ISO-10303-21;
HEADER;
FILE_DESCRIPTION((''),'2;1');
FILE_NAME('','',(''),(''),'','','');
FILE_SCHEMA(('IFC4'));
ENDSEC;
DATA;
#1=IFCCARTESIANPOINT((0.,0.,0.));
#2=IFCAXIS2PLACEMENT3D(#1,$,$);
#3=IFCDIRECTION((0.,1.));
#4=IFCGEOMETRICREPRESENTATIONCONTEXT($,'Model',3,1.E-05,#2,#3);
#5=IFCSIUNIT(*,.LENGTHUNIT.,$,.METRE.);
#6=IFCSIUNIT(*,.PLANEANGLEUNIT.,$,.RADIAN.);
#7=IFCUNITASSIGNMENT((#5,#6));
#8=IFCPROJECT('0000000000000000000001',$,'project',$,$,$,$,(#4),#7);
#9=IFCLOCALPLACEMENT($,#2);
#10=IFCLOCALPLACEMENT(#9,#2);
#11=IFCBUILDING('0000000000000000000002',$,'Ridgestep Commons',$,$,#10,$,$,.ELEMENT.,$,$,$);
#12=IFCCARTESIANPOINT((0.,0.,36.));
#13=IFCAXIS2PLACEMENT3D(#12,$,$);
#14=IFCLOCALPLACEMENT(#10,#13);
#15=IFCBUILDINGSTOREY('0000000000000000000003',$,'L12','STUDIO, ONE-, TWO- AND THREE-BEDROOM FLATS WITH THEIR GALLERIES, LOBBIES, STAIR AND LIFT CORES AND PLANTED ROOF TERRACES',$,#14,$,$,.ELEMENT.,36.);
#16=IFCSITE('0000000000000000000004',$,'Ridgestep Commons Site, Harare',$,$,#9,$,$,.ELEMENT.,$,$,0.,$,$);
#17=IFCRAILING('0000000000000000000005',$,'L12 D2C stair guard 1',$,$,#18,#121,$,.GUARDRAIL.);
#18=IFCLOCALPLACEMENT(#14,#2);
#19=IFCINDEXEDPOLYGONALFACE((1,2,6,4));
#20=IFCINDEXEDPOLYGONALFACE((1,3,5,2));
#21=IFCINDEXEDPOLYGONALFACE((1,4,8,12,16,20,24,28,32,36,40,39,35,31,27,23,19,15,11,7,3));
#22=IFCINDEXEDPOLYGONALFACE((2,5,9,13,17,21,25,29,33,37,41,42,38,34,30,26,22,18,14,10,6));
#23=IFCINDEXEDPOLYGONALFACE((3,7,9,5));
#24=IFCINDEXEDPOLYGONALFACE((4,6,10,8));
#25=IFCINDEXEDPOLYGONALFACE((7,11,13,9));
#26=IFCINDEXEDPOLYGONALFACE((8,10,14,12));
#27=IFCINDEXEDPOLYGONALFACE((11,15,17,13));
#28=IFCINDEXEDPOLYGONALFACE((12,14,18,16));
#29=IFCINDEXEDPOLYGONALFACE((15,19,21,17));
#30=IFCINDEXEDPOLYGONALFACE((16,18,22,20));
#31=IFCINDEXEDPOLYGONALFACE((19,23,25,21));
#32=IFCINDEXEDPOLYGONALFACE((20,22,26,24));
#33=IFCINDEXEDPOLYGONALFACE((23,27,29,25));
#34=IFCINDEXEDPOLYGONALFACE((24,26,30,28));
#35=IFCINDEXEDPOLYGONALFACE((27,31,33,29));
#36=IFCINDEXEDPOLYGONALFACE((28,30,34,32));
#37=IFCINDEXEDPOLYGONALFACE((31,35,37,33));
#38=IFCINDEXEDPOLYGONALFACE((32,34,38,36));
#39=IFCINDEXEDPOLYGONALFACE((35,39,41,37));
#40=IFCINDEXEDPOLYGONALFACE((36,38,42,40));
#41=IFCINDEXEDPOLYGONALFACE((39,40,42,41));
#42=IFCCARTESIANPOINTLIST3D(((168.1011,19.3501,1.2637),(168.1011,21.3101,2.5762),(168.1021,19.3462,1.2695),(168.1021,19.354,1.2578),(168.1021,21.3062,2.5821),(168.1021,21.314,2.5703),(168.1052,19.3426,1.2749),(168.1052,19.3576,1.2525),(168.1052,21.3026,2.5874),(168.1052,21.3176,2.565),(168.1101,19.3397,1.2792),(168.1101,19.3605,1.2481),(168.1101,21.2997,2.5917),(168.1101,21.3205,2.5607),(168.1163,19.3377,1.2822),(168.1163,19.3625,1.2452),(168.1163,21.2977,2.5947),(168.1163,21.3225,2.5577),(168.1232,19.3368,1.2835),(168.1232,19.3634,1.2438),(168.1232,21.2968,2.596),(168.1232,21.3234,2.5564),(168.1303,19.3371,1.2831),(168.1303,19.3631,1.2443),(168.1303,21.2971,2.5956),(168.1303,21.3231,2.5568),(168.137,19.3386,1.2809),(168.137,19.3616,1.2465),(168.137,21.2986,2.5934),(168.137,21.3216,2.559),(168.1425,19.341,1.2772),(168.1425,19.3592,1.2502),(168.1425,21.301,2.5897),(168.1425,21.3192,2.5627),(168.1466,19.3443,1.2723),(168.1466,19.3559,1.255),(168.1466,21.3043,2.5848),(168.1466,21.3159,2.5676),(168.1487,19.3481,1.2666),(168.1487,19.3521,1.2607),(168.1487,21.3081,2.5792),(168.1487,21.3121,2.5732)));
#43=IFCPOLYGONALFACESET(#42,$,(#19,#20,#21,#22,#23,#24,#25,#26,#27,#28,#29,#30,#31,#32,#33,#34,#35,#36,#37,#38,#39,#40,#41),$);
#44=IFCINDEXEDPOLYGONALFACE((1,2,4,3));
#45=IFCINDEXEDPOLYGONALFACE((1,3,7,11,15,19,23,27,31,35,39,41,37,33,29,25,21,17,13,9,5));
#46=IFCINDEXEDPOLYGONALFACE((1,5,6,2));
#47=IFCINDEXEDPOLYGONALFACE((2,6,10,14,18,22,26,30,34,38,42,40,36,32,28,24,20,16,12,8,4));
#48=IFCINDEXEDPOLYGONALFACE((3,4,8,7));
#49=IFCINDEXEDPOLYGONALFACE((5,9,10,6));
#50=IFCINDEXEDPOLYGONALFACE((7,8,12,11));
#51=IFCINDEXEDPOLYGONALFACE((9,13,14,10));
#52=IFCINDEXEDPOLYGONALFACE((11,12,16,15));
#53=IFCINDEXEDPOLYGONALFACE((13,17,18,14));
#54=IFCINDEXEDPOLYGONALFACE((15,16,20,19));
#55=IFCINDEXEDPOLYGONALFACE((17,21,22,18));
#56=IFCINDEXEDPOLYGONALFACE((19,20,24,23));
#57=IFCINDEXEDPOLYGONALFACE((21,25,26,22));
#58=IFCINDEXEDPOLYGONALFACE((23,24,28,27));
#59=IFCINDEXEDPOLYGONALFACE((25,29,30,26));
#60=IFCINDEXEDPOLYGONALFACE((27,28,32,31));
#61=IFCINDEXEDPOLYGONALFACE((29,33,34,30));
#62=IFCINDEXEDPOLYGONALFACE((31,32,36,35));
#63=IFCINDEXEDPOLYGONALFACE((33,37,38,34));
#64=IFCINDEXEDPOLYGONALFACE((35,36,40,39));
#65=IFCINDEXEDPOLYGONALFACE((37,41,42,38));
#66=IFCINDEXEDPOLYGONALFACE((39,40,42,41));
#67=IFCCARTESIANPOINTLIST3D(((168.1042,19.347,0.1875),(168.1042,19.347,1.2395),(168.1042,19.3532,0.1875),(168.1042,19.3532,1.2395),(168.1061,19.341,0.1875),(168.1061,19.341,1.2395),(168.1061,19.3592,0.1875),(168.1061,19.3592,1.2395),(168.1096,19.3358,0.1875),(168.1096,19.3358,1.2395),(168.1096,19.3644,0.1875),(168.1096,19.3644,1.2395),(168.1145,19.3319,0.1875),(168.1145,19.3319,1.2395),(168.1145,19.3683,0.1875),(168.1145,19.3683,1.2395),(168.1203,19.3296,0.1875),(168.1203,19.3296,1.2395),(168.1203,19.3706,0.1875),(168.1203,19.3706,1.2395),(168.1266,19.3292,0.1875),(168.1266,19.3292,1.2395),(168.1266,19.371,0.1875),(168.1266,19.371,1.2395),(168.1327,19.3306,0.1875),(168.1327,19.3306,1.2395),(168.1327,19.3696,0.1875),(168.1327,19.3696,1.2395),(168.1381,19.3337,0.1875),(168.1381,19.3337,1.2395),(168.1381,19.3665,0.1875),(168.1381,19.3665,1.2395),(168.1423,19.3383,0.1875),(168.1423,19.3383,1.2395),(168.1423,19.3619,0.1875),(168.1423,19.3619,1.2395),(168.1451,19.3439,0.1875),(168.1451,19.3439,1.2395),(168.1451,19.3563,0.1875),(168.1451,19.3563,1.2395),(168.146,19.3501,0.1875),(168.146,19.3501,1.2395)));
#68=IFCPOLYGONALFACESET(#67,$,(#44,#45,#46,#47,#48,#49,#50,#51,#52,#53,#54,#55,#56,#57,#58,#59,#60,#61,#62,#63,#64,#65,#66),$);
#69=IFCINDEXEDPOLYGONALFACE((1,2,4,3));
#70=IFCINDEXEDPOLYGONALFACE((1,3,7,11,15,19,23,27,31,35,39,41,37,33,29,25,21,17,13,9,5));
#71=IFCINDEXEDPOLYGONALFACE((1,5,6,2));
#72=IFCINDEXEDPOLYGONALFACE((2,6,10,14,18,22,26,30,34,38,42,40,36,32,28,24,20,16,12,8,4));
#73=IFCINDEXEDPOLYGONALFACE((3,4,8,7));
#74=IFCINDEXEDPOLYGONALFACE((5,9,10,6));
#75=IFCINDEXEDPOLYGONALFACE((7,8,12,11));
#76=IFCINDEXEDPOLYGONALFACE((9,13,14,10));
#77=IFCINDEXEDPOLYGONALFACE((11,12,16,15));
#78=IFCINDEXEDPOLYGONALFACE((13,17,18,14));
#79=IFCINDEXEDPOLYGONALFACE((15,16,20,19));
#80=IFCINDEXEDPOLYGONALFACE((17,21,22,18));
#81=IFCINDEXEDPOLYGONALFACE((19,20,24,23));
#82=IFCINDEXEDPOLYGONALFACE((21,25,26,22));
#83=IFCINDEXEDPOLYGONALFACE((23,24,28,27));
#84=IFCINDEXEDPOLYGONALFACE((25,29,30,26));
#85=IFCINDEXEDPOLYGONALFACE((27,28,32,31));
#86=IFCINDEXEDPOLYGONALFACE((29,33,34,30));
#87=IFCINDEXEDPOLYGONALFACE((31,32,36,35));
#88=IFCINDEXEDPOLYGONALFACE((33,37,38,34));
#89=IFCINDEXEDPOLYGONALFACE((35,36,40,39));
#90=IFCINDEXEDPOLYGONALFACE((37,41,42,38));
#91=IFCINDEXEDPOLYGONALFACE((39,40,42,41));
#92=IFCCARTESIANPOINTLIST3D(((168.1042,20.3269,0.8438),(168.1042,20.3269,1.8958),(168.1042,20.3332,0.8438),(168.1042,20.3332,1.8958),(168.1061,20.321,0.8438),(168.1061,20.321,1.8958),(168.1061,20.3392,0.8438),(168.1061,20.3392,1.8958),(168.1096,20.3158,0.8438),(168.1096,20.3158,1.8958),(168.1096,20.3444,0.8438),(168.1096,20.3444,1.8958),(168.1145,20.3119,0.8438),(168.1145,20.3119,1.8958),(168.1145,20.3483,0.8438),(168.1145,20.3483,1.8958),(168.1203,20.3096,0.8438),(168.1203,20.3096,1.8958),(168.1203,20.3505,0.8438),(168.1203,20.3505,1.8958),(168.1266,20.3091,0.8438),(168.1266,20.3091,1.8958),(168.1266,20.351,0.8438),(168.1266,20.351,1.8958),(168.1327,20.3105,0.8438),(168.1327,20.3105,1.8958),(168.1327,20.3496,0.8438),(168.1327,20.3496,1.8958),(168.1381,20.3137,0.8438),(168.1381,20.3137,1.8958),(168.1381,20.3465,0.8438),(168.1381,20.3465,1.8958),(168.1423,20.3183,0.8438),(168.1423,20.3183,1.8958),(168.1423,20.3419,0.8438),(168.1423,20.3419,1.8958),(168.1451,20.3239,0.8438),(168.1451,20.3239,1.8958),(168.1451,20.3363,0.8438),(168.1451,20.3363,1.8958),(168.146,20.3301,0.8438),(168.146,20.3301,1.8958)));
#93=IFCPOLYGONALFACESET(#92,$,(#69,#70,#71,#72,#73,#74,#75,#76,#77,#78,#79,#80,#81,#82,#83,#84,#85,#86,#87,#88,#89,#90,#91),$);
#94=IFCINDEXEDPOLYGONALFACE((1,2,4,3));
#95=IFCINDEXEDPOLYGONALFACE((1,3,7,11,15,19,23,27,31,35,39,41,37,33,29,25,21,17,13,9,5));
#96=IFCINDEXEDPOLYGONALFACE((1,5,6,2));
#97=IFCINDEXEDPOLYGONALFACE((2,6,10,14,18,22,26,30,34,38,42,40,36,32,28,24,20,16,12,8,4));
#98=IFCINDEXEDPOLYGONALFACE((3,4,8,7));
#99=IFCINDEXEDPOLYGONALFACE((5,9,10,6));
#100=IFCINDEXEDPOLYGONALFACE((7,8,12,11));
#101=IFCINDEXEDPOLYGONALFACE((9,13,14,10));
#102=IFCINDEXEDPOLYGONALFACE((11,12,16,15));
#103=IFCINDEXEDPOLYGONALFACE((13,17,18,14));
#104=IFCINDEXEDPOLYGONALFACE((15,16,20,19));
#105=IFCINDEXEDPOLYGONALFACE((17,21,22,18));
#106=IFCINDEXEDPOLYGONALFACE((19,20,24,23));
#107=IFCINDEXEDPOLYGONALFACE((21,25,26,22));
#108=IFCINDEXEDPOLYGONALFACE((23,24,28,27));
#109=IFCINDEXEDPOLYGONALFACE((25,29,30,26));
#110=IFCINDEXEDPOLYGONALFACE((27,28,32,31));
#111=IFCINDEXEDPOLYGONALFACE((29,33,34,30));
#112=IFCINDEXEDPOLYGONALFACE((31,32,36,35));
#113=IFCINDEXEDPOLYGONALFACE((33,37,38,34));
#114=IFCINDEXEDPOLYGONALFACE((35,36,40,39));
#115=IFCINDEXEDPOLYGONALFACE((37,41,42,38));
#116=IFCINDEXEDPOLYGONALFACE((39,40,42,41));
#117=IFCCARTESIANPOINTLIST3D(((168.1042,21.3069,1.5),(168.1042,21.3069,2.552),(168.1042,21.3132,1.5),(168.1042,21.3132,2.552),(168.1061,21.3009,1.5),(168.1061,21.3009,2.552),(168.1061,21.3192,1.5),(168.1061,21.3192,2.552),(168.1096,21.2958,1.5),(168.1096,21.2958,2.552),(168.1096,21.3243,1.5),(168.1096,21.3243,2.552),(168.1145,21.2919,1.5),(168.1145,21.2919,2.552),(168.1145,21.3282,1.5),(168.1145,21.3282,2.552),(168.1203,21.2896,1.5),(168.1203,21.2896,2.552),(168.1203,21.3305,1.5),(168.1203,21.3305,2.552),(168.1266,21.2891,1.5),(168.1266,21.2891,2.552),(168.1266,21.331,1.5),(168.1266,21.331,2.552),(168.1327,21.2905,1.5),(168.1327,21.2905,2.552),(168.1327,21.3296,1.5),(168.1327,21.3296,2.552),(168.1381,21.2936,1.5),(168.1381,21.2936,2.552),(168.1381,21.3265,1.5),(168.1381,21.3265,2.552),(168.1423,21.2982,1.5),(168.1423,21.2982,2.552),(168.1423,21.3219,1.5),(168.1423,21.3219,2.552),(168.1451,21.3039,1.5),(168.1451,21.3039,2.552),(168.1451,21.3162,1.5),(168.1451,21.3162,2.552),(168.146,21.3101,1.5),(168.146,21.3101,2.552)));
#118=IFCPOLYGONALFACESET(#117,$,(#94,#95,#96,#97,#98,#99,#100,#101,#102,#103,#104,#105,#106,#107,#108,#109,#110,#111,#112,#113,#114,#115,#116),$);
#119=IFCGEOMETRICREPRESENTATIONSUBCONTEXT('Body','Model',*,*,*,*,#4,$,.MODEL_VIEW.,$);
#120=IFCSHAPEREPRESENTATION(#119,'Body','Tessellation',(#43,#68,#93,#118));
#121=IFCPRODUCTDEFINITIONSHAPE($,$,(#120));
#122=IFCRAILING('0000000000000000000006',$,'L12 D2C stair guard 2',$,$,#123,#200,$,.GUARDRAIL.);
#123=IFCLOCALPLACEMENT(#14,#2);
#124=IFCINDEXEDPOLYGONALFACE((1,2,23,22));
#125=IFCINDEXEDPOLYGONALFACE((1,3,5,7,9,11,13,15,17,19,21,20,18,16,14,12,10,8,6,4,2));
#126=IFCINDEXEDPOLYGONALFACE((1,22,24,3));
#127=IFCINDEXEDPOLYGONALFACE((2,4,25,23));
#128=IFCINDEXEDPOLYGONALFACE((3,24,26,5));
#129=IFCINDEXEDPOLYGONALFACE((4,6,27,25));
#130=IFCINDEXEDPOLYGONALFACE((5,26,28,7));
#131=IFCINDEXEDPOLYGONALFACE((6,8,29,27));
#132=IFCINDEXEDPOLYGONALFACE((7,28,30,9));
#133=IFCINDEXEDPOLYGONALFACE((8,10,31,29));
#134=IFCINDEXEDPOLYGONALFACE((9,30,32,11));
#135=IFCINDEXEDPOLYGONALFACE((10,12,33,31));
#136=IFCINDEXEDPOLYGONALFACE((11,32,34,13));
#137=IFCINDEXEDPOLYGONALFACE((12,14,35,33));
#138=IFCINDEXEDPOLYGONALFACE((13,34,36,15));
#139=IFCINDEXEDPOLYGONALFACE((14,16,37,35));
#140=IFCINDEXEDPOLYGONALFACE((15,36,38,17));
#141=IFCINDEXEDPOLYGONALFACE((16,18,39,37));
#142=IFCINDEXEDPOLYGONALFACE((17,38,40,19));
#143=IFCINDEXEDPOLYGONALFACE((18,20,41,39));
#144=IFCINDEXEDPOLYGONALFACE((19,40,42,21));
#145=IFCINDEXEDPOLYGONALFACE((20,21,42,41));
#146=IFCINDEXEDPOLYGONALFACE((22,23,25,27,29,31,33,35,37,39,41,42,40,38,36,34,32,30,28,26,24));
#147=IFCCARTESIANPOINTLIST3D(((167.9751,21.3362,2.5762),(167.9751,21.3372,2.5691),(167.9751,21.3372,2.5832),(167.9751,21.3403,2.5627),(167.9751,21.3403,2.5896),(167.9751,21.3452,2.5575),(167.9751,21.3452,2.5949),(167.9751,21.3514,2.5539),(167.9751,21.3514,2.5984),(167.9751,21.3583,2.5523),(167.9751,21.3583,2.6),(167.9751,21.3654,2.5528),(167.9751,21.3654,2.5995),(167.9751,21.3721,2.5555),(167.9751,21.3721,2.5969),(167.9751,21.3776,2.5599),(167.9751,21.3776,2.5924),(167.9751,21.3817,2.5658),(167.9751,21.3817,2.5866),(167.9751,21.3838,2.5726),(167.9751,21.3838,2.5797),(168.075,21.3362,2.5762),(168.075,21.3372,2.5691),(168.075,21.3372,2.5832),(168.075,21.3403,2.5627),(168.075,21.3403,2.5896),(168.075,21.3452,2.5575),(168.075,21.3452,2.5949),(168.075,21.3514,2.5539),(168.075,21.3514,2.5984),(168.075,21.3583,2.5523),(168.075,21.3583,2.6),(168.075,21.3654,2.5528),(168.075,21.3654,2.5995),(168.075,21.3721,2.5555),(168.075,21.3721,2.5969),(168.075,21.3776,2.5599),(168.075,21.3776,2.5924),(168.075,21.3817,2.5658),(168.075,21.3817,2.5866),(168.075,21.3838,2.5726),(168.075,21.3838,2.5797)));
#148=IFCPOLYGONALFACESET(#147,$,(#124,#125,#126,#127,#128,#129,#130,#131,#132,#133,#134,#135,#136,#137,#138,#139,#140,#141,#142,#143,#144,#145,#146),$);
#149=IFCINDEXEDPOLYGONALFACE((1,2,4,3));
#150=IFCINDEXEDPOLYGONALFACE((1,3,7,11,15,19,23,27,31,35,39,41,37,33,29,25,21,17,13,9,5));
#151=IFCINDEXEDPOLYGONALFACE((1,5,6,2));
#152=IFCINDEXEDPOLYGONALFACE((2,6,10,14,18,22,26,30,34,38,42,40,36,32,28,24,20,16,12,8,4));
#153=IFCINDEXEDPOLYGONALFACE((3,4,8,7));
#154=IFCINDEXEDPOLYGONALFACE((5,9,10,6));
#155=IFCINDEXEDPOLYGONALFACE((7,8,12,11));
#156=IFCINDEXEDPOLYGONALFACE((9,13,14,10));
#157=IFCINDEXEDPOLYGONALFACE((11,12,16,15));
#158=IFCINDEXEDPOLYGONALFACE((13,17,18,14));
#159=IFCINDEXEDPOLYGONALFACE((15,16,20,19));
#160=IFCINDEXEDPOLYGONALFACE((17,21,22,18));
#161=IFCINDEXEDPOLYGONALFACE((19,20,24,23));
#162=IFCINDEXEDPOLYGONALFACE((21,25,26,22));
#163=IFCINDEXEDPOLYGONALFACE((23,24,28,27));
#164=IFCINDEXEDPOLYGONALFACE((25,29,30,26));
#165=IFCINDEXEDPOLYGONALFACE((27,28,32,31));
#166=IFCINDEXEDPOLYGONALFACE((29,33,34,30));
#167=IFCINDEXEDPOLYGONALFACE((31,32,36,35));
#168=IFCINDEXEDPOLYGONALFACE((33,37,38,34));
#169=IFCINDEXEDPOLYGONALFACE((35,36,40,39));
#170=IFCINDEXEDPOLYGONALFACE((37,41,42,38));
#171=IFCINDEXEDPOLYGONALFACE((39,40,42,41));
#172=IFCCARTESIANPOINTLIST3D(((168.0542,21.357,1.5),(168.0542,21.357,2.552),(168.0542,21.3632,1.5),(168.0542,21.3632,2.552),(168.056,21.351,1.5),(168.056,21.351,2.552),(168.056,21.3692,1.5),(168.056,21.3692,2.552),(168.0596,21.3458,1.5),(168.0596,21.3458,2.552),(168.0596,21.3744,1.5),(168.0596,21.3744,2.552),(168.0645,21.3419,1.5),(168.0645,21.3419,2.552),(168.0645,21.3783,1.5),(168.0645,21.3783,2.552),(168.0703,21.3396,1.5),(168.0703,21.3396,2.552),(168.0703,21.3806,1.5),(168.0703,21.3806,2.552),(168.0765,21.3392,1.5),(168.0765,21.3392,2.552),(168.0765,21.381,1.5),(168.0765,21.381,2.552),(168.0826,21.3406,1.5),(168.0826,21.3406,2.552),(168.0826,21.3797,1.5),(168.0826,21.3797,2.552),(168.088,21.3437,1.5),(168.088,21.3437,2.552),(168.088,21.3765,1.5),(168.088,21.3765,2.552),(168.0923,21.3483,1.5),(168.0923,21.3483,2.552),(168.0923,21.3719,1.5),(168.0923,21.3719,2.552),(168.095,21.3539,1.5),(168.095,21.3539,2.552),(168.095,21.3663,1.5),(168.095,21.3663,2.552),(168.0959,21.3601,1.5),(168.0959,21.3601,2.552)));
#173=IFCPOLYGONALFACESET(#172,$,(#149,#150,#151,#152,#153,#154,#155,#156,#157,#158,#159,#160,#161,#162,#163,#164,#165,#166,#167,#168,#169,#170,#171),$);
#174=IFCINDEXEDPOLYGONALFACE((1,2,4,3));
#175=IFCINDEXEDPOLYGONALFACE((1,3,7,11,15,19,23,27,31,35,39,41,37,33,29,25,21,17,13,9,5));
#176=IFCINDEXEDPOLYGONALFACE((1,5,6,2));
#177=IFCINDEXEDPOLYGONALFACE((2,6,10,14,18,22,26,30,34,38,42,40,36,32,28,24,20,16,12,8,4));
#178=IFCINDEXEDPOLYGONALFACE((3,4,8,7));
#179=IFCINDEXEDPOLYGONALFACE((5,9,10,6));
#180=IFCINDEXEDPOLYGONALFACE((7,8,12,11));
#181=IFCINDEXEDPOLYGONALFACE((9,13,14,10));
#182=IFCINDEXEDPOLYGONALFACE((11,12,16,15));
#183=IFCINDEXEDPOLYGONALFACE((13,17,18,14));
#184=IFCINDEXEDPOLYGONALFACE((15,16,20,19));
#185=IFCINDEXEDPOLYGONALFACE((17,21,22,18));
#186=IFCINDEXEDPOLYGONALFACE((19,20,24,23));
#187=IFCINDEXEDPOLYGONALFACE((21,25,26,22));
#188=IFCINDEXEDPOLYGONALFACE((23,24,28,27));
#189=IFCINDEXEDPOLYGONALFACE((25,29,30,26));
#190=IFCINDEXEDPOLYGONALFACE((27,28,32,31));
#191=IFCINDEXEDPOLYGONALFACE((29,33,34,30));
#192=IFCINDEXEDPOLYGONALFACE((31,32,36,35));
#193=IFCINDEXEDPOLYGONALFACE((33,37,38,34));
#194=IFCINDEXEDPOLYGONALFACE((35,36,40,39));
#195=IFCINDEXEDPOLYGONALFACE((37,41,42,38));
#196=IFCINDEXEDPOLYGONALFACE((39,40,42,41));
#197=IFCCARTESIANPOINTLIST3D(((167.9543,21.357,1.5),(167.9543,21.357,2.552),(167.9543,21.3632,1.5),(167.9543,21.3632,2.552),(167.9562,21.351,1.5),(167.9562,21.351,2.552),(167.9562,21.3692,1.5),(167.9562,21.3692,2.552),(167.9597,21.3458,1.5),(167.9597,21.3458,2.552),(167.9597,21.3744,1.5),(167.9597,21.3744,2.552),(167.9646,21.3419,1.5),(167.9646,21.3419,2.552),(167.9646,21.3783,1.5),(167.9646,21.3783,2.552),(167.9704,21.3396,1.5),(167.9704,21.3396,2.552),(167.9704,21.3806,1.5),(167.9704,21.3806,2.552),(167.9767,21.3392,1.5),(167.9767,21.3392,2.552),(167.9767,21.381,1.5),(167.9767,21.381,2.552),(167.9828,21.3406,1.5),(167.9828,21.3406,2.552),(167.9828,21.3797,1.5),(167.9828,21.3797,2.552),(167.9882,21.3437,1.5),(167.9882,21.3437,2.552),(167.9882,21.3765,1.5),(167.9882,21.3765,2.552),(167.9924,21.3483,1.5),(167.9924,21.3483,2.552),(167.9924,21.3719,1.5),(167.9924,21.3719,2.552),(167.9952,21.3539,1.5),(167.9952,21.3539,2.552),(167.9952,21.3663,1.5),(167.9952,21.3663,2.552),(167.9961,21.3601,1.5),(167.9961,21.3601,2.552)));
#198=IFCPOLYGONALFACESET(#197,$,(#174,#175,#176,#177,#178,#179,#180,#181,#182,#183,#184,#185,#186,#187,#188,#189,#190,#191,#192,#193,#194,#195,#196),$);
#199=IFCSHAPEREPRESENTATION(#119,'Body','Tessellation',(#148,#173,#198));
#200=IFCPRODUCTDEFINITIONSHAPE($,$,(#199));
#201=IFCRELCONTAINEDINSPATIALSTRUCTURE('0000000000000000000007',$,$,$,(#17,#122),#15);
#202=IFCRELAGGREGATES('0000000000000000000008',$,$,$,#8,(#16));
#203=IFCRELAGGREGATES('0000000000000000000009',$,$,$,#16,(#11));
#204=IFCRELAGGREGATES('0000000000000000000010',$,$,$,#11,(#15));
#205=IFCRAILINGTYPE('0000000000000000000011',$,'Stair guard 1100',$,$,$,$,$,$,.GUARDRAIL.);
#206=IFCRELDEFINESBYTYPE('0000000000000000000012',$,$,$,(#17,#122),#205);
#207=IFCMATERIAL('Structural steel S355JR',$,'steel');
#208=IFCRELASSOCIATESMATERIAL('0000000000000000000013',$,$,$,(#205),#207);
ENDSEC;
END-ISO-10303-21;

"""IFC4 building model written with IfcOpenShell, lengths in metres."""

from ifc_helpers import new_model, si_unit, direction, frame, origin, origin_2d, place, context, subcontext, project, spatial, circle, extrude, material, type_object, element, save


model = new_model("IFC4")

# Units and contexts
model_context = context("Model", 3, precision=1e-05, world=origin(), true_north=direction((0.0, 1.0)))
body_context = subcontext(model_context, "Body", "Model", "MODEL_VIEW")
ifc_project = project(units=[si_unit("LENGTHUNIT", "METRE"), si_unit("PLANEANGLEUNIT", "RADIAN")], contexts=[model_context])

# Site, building, storey
site_placement = place(None, origin())
site = spatial("IfcSite", under=ifc_project, at=site_placement, Name="Ridgestep Commons Site, Harare", CompositionType="ELEMENT", RefElevation=0.0)
building_placement = place(site_placement, origin())
building = spatial("IfcBuilding", under=site, at=building_placement, Name="Ridgestep Commons", CompositionType="ELEMENT")
storey_placement = place(building_placement, frame((0.0, 0.0, 36.0)))
storey = spatial("IfcBuildingStorey", under=building, at=storey_placement, Name="L12", Description="STUDIO, ONE-, TWO- AND THREE-BEDROOM FLATS WITH THEIR GALLERIES, LOBBIES, STAIR AND LIFT CORES AND PLANTED ROOF TERRACES", CompositionType="ELEMENT", Elevation=36.0)

# Railings
ifc_material_1 = material(Name="Structural steel S355JR", Category="steel")
railing_type_1 = type_object("IfcRailingType", Name="Stair guard 1100", PredefinedType="GUARDRAIL", material=ifc_material_1)
railing_1_placement = place(storey_placement, frame((168.125, 19.3501, 0.1875)))
element("IfcRailing", 1, at=railing_1_placement, inside=storey, type_object=railing_type_1, Name="L12 D2C stair guard 1", PredefinedType="GUARDRAIL", context=body_context, shape_type="SweptSolid", body=[
    extrude(circle(Radius=0.0239, at=origin_2d()), frame((0.0, 0.0, 1.0762), z_axis=(0.0, 0.830902, 0.556419), x_axis=(-1.0, 0.0, 0.0)), (0.0, 0.0, 1.0), 2.3589),
    extrude(circle(Radius=0.021, at=origin_2d()), origin(), (0.0, 0.0, 1.0), 1.052),
    extrude(circle(Radius=0.021, at=origin_2d()), frame((0.0, 0.98, 0.6562)), (0.0, 0.0, 1.0), 1.052),
    extrude(circle(Radius=0.021, at=origin_2d()), frame((0.0, 1.96, 1.3125)), (0.0, 0.0, 1.0), 1.052),
])
railing_2_placement = place(storey_placement, frame((168.075, 21.3601, 1.5)))
element("IfcRailing", 2, at=railing_2_placement, inside=storey, type_object=railing_type_1, Name="L12 D2C stair guard 2", PredefinedType="GUARDRAIL", context=body_context, shape_type="SweptSolid", body=[
    extrude(circle(Radius=0.0239, at=origin_2d()), frame((0.0, 0.0, 1.0762), z_axis=(-1.0, 0.0, 0.0), x_axis=(0.0, -1.0, 0.0)), (0.0, 0.0, 1.0), 0.0999),
    extrude(circle(Radius=0.021, at=origin_2d()), origin(), (0.0, 0.0, 1.0), 1.052),
    extrude(circle(Radius=0.021, at=origin_2d()), frame((-0.0999, 0.0, 0.0)), (0.0, 0.0, 1.0), 1.052),
])

save(model, "model.ifc")
